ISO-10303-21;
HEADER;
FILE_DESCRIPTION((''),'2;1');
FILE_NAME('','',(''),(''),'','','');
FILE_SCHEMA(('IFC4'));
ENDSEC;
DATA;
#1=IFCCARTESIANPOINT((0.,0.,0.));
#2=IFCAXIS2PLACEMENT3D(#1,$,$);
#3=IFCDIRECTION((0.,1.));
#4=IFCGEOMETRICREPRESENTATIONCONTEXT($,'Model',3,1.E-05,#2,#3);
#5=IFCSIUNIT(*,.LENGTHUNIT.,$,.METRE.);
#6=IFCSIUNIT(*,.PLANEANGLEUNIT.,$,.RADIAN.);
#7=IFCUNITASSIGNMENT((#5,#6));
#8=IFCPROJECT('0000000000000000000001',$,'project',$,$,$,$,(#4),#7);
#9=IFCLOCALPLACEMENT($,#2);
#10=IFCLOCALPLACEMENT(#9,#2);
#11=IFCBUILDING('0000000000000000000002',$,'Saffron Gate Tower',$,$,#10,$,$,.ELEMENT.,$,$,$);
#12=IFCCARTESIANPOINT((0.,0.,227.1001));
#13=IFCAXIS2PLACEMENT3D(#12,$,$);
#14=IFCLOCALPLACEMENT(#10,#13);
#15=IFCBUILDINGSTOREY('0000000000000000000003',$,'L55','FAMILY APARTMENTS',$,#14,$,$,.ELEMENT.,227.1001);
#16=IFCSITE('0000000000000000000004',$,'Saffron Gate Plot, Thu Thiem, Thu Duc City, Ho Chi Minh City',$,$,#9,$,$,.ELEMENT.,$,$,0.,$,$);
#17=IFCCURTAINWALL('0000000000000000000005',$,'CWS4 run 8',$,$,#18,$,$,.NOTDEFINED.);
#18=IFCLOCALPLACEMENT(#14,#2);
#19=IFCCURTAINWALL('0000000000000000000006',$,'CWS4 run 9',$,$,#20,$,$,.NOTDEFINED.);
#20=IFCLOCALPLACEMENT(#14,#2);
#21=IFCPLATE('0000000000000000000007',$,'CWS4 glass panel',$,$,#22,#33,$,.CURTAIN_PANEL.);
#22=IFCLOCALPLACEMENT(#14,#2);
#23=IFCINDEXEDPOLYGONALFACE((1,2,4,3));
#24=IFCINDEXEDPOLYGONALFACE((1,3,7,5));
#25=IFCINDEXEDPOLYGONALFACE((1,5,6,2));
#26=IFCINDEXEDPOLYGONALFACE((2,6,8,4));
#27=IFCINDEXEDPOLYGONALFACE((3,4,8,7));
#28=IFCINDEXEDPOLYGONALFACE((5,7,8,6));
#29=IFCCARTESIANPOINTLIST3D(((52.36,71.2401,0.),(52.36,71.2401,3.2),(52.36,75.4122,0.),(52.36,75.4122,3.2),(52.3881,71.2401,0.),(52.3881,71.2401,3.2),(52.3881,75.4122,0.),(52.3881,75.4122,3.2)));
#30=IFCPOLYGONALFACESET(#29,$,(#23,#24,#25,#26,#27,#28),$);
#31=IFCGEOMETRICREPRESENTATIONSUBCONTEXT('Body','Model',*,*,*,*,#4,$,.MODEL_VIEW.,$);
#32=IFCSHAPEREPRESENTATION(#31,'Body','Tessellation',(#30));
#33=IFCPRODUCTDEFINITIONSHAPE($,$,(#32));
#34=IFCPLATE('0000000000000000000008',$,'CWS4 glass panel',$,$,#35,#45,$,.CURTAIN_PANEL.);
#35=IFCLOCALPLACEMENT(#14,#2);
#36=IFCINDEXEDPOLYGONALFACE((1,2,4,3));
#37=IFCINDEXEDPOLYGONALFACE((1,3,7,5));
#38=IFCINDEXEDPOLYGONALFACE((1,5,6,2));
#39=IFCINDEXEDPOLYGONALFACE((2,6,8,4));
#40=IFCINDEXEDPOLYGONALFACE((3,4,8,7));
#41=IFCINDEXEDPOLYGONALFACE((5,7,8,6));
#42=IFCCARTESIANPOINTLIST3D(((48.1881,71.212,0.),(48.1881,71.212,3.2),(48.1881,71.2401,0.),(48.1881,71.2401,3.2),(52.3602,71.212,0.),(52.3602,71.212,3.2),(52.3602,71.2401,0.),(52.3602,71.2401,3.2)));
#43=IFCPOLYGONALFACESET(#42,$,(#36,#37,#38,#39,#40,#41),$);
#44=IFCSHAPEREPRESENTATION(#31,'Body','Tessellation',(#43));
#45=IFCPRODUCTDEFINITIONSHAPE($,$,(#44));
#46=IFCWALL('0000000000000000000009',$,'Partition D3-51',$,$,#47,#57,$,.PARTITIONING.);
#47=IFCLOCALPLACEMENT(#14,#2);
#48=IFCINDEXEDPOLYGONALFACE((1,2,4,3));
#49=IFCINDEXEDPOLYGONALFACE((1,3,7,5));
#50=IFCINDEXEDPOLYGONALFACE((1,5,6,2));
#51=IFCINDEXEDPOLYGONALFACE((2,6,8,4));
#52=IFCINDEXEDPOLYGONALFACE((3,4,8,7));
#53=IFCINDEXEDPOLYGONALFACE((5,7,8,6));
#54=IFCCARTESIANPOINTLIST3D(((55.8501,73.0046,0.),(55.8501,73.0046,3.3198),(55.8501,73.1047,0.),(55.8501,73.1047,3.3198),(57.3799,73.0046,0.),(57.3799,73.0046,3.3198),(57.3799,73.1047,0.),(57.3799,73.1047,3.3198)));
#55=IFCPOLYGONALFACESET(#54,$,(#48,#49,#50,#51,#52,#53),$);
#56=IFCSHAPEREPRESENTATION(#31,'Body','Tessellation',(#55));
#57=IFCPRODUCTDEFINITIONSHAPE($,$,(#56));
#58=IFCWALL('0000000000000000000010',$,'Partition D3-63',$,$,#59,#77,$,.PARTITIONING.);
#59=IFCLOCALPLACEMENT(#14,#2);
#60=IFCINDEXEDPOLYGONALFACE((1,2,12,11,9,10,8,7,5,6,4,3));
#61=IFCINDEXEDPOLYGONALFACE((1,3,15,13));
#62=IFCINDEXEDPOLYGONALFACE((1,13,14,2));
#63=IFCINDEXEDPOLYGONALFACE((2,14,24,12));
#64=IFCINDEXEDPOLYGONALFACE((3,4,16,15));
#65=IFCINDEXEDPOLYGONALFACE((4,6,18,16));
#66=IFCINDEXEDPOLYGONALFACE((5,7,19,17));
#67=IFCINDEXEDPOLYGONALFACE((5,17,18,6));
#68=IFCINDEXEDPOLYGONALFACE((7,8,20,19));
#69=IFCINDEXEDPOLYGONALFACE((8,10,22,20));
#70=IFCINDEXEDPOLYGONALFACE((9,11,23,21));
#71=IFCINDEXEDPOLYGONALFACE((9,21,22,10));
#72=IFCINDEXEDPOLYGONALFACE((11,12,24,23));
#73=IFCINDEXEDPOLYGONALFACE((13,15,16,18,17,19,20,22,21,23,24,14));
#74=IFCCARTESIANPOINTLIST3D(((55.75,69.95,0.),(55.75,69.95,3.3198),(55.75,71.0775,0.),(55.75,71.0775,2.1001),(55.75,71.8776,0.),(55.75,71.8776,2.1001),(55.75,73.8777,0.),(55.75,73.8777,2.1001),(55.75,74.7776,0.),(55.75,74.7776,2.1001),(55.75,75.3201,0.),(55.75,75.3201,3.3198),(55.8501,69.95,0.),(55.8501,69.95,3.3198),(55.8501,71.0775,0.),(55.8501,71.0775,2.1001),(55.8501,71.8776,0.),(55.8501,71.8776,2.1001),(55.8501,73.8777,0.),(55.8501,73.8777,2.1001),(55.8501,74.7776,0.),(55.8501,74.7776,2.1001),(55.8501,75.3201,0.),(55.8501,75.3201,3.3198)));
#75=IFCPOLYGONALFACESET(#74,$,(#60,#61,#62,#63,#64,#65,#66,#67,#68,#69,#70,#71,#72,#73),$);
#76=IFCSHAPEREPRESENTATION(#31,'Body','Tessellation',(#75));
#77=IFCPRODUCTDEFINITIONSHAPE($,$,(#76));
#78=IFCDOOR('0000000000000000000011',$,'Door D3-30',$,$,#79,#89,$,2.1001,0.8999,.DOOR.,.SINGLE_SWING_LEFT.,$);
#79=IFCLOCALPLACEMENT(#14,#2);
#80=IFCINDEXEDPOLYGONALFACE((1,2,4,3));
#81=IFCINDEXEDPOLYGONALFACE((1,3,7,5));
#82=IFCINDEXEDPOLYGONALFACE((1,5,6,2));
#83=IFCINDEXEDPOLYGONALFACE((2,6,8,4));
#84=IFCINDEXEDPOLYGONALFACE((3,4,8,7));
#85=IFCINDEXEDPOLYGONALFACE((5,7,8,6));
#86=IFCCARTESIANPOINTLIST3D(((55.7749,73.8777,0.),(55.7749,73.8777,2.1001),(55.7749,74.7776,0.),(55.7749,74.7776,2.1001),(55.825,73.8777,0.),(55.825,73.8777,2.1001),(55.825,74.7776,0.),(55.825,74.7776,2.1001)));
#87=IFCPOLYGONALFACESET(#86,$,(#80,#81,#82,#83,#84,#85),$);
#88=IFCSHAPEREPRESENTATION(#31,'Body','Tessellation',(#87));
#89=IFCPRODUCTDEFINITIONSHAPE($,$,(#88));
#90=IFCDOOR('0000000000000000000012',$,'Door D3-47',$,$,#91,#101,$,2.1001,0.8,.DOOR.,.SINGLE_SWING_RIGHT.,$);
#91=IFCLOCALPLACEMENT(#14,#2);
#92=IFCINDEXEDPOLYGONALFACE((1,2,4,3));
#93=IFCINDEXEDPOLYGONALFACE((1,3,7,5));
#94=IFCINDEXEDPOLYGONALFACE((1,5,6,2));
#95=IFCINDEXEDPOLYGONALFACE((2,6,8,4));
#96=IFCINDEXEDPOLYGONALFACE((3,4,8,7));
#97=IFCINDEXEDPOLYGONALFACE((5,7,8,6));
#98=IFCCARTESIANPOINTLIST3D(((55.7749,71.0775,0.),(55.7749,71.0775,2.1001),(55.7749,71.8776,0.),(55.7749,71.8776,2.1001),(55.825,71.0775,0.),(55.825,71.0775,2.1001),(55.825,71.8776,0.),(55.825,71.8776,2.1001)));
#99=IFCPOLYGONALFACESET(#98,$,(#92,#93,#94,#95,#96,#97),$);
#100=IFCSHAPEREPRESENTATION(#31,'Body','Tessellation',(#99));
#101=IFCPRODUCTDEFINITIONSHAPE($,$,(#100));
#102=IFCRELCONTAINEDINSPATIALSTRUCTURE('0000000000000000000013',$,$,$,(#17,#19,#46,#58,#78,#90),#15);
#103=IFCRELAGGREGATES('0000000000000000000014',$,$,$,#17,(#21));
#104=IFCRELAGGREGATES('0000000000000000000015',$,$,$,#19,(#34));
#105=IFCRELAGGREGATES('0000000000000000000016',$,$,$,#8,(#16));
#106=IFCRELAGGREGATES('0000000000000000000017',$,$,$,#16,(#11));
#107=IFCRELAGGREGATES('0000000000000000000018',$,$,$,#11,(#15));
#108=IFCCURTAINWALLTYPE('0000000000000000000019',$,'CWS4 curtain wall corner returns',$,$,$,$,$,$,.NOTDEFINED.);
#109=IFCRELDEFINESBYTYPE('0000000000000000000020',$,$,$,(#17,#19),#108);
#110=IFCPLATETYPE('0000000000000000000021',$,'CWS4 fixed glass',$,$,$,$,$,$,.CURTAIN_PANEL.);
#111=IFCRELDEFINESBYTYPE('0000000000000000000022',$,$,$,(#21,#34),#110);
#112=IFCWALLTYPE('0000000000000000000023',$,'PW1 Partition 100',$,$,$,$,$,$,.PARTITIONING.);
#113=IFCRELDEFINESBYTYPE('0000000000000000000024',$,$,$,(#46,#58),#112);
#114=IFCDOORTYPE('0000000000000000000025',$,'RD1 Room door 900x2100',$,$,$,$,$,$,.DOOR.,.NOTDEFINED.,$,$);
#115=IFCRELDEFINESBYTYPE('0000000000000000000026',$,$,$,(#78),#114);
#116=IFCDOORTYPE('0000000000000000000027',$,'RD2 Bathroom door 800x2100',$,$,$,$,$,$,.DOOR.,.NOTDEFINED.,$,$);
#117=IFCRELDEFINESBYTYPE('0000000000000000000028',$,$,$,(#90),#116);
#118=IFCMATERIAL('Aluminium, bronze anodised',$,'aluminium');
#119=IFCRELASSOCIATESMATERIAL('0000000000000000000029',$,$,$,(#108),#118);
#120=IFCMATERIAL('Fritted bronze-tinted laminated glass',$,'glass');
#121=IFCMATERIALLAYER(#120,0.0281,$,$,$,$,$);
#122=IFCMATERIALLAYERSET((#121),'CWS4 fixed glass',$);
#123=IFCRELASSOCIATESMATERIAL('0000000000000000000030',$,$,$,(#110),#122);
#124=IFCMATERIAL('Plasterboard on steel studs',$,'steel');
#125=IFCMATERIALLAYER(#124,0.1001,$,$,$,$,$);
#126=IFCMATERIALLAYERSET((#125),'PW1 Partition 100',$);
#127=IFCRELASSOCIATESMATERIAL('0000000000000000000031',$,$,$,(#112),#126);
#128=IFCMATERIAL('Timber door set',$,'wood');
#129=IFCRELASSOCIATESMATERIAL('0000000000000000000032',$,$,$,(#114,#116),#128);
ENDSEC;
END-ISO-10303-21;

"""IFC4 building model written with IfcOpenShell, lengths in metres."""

from ifc_helpers import new_model, si_unit, direction, frame, frame_2d, origin, place, context, subcontext, project, spatial, rectangle, extrude, material, layer, layer_set, type_object, element, fill, aggregate, save


model = new_model("IFC4")

# Units and contexts
model_context = context("Model", 3, precision=1e-05, world=origin(), true_north=direction((0.0, 1.0)))
body_context = subcontext(model_context, "Body", "Model", "MODEL_VIEW")
ifc_project = project(units=[si_unit("LENGTHUNIT", "METRE"), si_unit("PLANEANGLEUNIT", "RADIAN")], contexts=[model_context])

# Site, building, storey
site_placement = place(None, origin())
site = spatial("IfcSite", under=ifc_project, at=site_placement, Name="Saffron Gate Plot, Thu Thiem, Thu Duc City, Ho Chi Minh City", CompositionType="ELEMENT", RefElevation=0.0)
building_placement = place(site_placement, origin())
building = spatial("IfcBuilding", under=site, at=building_placement, Name="Saffron Gate Tower", CompositionType="ELEMENT")
storey_placement = place(building_placement, frame((0.0, 0.0, 227.1001)))
storey = spatial("IfcBuildingStorey", under=building, at=storey_placement, Name="L55", Description="FAMILY APARTMENTS", CompositionType="ELEMENT", Elevation=227.1001)

# Shared definitions
ifc_material_1 = material(Name="Aluminium, bronze anodised", Category="aluminium")

# Curtain walls
curtain_wall_type_1 = type_object("IfcCurtainWallType", Name="CWS4 curtain wall corner returns", PredefinedType="NOTDEFINED", material=ifc_material_1)
curtain_wall_1_placement = place(storey_placement, origin())
curtain_wall_1 = element("IfcCurtainWall", 1, at=curtain_wall_1_placement, inside=storey, type_object=curtain_wall_type_1, Name="CWS4 run 8", PredefinedType="NOTDEFINED")
curtain_wall_2_placement = place(storey_placement, origin())
curtain_wall_2 = element("IfcCurtainWall", 2, at=curtain_wall_2_placement, inside=storey, type_object=curtain_wall_type_1, Name="CWS4 run 9", PredefinedType="NOTDEFINED")

# Shared definitions
ifc_material_2 = material(Name="Fritted bronze-tinted laminated glass", Category="glass")

# Plates
ifc_layer_1 = layer(ifc_material_2, 0.0281)
ifc_layer_set_1 = layer_set([ifc_layer_1], Name="CWS4 fixed glass")
plate_type_1 = type_object("IfcPlateType", Name="CWS4 fixed glass", PredefinedType="CURTAIN_PANEL", material=ifc_layer_set_1)
plate_1_placement = place(storey_placement, frame((52.374, 75.4121, 0.0), z_axis=(0.0, 0.0, 1.0), x_axis=(0.0, -1.0, 0.0)))
plate_1 = element("IfcPlate", 3, at=plate_1_placement, type_object=plate_type_1, Name="CWS4 glass panel", PredefinedType="CURTAIN_PANEL", context=body_context, shape_type="SweptSolid", body=[
    extrude(rectangle(XDim=4.1721, YDim=0.0281, at=frame_2d((2.0859, 0.0))), origin(), (0.0, 0.0, 1.0), 3.2),
])
aggregate(curtain_wall_1, [plate_1])
plate_2_placement = place(storey_placement, frame((52.3601, 71.2261, 0.0), z_axis=(0.0, 0.0, 1.0), x_axis=(-1.0, 0.0, 0.0)))
plate_2 = element("IfcPlate", 4, at=plate_2_placement, type_object=plate_type_1, Name="CWS4 glass panel", PredefinedType="CURTAIN_PANEL", context=body_context, shape_type="SweptSolid", body=[
    extrude(rectangle(XDim=4.1721, YDim=0.0281, at=frame_2d((2.0859, 0.0))), origin(), (0.0, 0.0, 1.0), 3.2),
])
aggregate(curtain_wall_2, [plate_2])

# Wall
ifc_material_3 = material(Name="Plasterboard on steel studs", Category="steel")
ifc_layer_2 = layer(ifc_material_3, 0.1001)
ifc_layer_set_2 = layer_set([ifc_layer_2], Name="PW1 Partition 100")
wall_type = type_object("IfcWallType", Name="PW1 Partition 100", PredefinedType="PARTITIONING", material=ifc_layer_set_2)
wall_1_placement = place(storey_placement, frame((55.8501, 73.0547, 0.0), z_axis=(0.0, 0.0, 1.0), x_axis=(1.0, 0.0, 0.0)))
element("IfcWall", 5, at=wall_1_placement, inside=storey, type_object=wall_type, Name="Partition D3-51", PredefinedType="PARTITIONING", context=body_context, shape_type="SweptSolid", body=[
    extrude(rectangle(XDim=1.5298, YDim=0.1001, at=frame_2d((0.7649, 0.0))), origin(), (0.0, 0.0, 1.0), 3.3198),
])

# Wall, openings, doors
wall_2_placement = place(storey_placement, frame((55.8, 75.3201, 0.0), z_axis=(0.0, 0.0, 1.0), x_axis=(0.0, -1.0, 0.0)))
wall_2 = element("IfcWall", 6, at=wall_2_placement, inside=storey, type_object=wall_type, Name="Partition D3-63", PredefinedType="PARTITIONING", context=body_context, shape_type="SweptSolid", body=[
    extrude(rectangle(XDim=5.3701, YDim=0.1001, at=frame_2d((2.6851, 0.0))), origin(), (0.0, 0.0, 1.0), 3.3198),
])
opening_1_placement = place(wall_2_placement, frame((0.5425, 0.0, 0.0)))
opening_1 = element("IfcOpeningElement", 7, at=opening_1_placement, cuts=wall_2, PredefinedType="OPENING", context=body_context, shape_type="SweptSolid", body=[
    extrude(rectangle(XDim=0.8999, YDim=2.1001, at=frame_2d((0.45, 1.05))), frame((0.0, 0.0601, 0.0), z_axis=(0.0, -1.0, 0.0), x_axis=(1.0, 0.0, 0.0)), (0.0, 0.0, 1.0), 0.1201),
])
opening_2_placement = place(wall_2_placement, frame((3.4426, 0.0, 0.0)))
opening_2 = element("IfcOpeningElement", 8, at=opening_2_placement, cuts=wall_2, PredefinedType="OPENING", context=body_context, shape_type="SweptSolid", body=[
    extrude(rectangle(XDim=0.8, YDim=2.1001, at=frame_2d((0.3999, 1.05))), frame((0.0, 0.0601, 0.0), z_axis=(0.0, -1.0, 0.0), x_axis=(1.0, 0.0, 0.0)), (0.0, 0.0, 1.0), 0.1201),
])
ifc_material_4 = material(Name="Timber door set", Category="wood")
door_type_1 = type_object("IfcDoorType", Name="RD1 Room door 900x2100", OperationType="NOTDEFINED", PredefinedType="DOOR", material=ifc_material_4)
door_1_placement = place(opening_1_placement, origin())
door_1 = element("IfcDoor", 9, at=door_1_placement, inside=storey, type_object=door_type_1, Name="Door D3-30", OperationType="SINGLE_SWING_LEFT", OverallHeight=2.1001, OverallWidth=0.8999, PredefinedType="DOOR", context=body_context, shape_type="SweptSolid", body=[
    extrude(rectangle(XDim=0.8999, YDim=2.1001, at=frame_2d((0.45, 1.05))), frame((0.0, 0.0249, 0.0), z_axis=(0.0, -1.0, 0.0), x_axis=(1.0, 0.0, 0.0)), (0.0, 0.0, 1.0), 0.05),
])
fill(opening_1, door_1)
door_type_2 = type_object("IfcDoorType", Name="RD2 Bathroom door 800x2100", OperationType="NOTDEFINED", PredefinedType="DOOR", material=ifc_material_4)
door_2_placement = place(opening_2_placement, origin())
door_2 = element("IfcDoor", 10, at=door_2_placement, inside=storey, type_object=door_type_2, Name="Door D3-47", OperationType="SINGLE_SWING_RIGHT", OverallHeight=2.1001, OverallWidth=0.8, PredefinedType="DOOR", context=body_context, shape_type="SweptSolid", body=[
    extrude(rectangle(XDim=0.8, YDim=2.1001, at=frame_2d((0.3999, 1.05))), frame((0.0, 0.0249, 0.0), z_axis=(0.0, -1.0, 0.0), x_axis=(1.0, 0.0, 0.0)), (0.0, 0.0, 1.0), 0.05),
])
fill(opening_2, door_2)

save(model, "model.ifc")
